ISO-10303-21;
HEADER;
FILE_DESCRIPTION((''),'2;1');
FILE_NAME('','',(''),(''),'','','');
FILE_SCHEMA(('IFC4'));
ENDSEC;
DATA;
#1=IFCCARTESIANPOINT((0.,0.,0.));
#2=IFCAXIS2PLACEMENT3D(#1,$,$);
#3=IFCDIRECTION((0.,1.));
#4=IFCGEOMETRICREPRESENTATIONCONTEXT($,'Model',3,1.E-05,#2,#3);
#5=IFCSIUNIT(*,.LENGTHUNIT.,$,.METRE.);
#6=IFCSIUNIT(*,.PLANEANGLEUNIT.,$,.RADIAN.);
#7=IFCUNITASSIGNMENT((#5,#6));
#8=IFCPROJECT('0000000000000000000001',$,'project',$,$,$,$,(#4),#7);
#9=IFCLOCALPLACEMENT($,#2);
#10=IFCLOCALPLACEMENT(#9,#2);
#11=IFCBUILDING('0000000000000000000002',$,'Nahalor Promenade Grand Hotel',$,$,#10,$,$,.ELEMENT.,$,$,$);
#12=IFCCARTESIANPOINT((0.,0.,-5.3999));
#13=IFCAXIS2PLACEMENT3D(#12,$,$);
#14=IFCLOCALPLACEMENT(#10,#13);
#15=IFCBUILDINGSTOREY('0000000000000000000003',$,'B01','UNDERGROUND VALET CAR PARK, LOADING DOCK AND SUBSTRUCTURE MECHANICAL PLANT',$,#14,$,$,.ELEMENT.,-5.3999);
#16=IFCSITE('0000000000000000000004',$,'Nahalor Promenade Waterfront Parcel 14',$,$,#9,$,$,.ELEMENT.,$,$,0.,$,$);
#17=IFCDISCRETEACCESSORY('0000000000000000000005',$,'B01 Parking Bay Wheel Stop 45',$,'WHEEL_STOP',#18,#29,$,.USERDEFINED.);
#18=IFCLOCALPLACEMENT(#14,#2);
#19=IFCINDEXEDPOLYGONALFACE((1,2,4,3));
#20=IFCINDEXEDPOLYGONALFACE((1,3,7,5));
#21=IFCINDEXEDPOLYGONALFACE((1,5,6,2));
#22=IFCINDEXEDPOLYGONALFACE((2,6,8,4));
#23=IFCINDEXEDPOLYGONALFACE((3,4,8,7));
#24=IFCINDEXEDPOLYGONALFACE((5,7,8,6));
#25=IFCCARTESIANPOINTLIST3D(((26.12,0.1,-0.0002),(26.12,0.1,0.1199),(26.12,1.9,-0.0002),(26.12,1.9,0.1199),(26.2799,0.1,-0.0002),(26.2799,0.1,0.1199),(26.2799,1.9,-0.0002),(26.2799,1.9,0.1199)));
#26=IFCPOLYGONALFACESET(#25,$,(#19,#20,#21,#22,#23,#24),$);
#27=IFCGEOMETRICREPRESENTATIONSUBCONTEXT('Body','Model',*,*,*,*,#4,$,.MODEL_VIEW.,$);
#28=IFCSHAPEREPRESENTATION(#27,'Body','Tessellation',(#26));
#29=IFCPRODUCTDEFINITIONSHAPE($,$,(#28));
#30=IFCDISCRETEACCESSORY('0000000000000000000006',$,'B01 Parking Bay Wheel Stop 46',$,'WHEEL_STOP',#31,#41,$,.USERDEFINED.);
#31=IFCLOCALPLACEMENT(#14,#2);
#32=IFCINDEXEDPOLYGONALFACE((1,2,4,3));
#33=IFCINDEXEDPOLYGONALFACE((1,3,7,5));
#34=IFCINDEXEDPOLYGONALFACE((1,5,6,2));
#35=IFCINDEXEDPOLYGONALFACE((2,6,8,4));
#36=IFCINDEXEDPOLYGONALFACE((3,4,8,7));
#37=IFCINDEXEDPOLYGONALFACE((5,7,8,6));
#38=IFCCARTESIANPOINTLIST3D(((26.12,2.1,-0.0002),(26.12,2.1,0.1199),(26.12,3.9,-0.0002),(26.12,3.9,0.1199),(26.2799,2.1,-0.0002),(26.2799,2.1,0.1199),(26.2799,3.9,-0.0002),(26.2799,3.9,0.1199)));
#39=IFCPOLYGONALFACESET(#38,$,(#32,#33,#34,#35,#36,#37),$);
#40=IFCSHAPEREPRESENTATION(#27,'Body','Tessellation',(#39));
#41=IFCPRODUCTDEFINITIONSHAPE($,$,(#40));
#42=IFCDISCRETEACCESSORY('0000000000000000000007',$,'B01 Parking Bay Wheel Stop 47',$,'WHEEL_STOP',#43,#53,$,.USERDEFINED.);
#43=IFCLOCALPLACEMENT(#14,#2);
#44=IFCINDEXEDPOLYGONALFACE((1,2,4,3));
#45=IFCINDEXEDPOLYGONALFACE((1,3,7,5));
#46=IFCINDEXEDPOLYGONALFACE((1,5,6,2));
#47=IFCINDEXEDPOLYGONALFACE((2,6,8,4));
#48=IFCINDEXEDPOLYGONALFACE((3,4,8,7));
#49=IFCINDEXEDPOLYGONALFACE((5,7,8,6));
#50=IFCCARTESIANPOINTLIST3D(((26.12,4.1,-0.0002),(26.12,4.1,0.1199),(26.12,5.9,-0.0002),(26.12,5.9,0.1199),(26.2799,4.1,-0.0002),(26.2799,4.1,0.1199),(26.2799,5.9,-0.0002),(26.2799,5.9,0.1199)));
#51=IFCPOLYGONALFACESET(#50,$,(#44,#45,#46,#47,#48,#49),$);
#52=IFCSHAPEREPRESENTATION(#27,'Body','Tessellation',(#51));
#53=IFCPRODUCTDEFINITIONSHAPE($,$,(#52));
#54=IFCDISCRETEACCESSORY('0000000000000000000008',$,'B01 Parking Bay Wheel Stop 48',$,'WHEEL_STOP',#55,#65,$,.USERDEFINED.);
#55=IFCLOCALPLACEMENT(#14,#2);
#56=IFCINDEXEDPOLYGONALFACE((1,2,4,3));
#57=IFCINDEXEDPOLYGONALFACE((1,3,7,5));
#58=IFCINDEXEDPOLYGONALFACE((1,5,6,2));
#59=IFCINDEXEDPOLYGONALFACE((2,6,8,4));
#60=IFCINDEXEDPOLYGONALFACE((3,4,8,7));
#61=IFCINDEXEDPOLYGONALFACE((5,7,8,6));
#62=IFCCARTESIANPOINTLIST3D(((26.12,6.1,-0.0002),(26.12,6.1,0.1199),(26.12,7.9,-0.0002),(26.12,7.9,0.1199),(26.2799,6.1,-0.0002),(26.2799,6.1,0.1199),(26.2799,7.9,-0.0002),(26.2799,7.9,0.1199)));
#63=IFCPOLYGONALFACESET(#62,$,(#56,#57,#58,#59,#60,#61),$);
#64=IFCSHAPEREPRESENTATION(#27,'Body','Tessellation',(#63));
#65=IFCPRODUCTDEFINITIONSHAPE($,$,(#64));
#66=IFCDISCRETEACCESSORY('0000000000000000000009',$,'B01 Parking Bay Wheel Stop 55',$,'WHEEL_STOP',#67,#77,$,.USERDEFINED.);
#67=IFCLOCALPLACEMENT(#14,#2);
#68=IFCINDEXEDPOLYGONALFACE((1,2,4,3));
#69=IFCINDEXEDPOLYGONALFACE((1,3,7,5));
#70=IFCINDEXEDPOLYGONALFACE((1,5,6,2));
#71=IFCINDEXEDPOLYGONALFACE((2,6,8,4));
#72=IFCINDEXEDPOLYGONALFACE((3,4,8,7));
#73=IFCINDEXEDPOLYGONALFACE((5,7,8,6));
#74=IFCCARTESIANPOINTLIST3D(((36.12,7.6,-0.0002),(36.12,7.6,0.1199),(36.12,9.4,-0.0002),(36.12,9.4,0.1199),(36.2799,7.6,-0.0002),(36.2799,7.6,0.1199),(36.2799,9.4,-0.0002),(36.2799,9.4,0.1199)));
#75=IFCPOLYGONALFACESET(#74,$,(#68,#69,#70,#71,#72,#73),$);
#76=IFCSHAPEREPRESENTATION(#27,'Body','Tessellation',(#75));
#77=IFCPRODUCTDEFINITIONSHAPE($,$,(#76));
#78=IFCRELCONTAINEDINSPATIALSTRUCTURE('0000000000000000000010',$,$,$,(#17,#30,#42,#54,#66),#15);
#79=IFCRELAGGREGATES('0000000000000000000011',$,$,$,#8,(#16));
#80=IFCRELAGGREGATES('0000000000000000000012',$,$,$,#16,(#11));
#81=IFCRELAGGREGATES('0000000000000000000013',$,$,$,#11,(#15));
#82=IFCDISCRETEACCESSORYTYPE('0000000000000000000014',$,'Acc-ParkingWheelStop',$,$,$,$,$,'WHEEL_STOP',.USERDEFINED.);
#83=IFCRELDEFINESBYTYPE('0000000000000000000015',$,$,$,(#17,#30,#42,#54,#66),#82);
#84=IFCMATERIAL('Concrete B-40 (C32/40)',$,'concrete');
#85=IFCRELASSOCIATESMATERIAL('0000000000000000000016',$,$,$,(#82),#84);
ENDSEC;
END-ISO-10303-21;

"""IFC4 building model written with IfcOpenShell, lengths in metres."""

from ifc_helpers import new_model, si_unit, direction, frame, origin, origin_2d, place, context, subcontext, project, spatial, rectangle, extrude, source, transform, mapped, material, type_object, element, save


model = new_model("IFC4")

# Units and contexts
model_context = context("Model", 3, precision=1e-05, world=origin(), true_north=direction((0.0, 1.0)))
body_context = subcontext(model_context, "Body", "Model", "MODEL_VIEW")
ifc_project = project(units=[si_unit("LENGTHUNIT", "METRE"), si_unit("PLANEANGLEUNIT", "RADIAN")], contexts=[model_context])

# Site, building, storey
site_placement = place(None, origin())
site = spatial("IfcSite", under=ifc_project, at=site_placement, Name="Nahalor Promenade Waterfront Parcel 14", CompositionType="ELEMENT", RefElevation=0.0)
building_placement = place(site_placement, origin())
building = spatial("IfcBuilding", under=site, at=building_placement, Name="Nahalor Promenade Grand Hotel", CompositionType="ELEMENT")
storey_placement = place(building_placement, frame((0.0, 0.0, -5.3999)))
storey = spatial("IfcBuildingStorey", under=building, at=storey_placement, Name="B01", Description="UNDERGROUND VALET CAR PARK, LOADING DOCK AND SUBSTRUCTURE MECHANICAL PLANT", CompositionType="ELEMENT", Elevation=-5.3999)

# Discrete accessories
ifc_material_1 = material(Name="Concrete B-40 (C32/40)", Category="concrete")
discrete_accessory_type = type_object("IfcDiscreteAccessoryType", Name="Acc-ParkingWheelStop", ElementType="WHEEL_STOP", PredefinedType="USERDEFINED", material=ifc_material_1)
shared_shape_1 = source(origin(), body_context, "Body", "SweptSolid", [
    extrude(rectangle(XDim=1.8, YDim=0.1599, at=origin_2d()), origin(), (0.0, 0.0, 1.0), 0.1201),
])
for number, where, z_axis, x_axis, name in (
    (1, (26.2, 1.0, -0.0002), (0.0, 0.0, 1.0), (0.0, 1.0, 0.0), "B01 Parking Bay Wheel Stop 45"),
    (2, (26.2, 3.0, -0.0002), (0.0, 0.0, 1.0), (0.0, 1.0, 0.0), "B01 Parking Bay Wheel Stop 46"),
    (3, (26.2, 5.0, -0.0002), (0.0, 0.0, 1.0), (0.0, 1.0, 0.0), "B01 Parking Bay Wheel Stop 47"),
    (4, (26.2, 7.0, -0.0002), (0.0, 0.0, 1.0), (0.0, 1.0, 0.0), "B01 Parking Bay Wheel Stop 48"),
    (5, (36.2, 8.5, -0.0002), (0.0, 0.0, 1.0), (0.0, 1.0, 0.0), "B01 Parking Bay Wheel Stop 55"),
):
    element("IfcDiscreteAccessory", number, at=place(storey_placement, frame(where, z_axis=z_axis, x_axis=x_axis)), inside=storey, type_object=discrete_accessory_type, Name=name, ObjectType="WHEEL_STOP", PredefinedType="USERDEFINED", context=body_context, shape_type="MappedRepresentation", body=[
        mapped(shared_shape_1, transform((0.0, 0.0, 0.0), scale=1.0)),
    ])

save(model, "model.ifc")
